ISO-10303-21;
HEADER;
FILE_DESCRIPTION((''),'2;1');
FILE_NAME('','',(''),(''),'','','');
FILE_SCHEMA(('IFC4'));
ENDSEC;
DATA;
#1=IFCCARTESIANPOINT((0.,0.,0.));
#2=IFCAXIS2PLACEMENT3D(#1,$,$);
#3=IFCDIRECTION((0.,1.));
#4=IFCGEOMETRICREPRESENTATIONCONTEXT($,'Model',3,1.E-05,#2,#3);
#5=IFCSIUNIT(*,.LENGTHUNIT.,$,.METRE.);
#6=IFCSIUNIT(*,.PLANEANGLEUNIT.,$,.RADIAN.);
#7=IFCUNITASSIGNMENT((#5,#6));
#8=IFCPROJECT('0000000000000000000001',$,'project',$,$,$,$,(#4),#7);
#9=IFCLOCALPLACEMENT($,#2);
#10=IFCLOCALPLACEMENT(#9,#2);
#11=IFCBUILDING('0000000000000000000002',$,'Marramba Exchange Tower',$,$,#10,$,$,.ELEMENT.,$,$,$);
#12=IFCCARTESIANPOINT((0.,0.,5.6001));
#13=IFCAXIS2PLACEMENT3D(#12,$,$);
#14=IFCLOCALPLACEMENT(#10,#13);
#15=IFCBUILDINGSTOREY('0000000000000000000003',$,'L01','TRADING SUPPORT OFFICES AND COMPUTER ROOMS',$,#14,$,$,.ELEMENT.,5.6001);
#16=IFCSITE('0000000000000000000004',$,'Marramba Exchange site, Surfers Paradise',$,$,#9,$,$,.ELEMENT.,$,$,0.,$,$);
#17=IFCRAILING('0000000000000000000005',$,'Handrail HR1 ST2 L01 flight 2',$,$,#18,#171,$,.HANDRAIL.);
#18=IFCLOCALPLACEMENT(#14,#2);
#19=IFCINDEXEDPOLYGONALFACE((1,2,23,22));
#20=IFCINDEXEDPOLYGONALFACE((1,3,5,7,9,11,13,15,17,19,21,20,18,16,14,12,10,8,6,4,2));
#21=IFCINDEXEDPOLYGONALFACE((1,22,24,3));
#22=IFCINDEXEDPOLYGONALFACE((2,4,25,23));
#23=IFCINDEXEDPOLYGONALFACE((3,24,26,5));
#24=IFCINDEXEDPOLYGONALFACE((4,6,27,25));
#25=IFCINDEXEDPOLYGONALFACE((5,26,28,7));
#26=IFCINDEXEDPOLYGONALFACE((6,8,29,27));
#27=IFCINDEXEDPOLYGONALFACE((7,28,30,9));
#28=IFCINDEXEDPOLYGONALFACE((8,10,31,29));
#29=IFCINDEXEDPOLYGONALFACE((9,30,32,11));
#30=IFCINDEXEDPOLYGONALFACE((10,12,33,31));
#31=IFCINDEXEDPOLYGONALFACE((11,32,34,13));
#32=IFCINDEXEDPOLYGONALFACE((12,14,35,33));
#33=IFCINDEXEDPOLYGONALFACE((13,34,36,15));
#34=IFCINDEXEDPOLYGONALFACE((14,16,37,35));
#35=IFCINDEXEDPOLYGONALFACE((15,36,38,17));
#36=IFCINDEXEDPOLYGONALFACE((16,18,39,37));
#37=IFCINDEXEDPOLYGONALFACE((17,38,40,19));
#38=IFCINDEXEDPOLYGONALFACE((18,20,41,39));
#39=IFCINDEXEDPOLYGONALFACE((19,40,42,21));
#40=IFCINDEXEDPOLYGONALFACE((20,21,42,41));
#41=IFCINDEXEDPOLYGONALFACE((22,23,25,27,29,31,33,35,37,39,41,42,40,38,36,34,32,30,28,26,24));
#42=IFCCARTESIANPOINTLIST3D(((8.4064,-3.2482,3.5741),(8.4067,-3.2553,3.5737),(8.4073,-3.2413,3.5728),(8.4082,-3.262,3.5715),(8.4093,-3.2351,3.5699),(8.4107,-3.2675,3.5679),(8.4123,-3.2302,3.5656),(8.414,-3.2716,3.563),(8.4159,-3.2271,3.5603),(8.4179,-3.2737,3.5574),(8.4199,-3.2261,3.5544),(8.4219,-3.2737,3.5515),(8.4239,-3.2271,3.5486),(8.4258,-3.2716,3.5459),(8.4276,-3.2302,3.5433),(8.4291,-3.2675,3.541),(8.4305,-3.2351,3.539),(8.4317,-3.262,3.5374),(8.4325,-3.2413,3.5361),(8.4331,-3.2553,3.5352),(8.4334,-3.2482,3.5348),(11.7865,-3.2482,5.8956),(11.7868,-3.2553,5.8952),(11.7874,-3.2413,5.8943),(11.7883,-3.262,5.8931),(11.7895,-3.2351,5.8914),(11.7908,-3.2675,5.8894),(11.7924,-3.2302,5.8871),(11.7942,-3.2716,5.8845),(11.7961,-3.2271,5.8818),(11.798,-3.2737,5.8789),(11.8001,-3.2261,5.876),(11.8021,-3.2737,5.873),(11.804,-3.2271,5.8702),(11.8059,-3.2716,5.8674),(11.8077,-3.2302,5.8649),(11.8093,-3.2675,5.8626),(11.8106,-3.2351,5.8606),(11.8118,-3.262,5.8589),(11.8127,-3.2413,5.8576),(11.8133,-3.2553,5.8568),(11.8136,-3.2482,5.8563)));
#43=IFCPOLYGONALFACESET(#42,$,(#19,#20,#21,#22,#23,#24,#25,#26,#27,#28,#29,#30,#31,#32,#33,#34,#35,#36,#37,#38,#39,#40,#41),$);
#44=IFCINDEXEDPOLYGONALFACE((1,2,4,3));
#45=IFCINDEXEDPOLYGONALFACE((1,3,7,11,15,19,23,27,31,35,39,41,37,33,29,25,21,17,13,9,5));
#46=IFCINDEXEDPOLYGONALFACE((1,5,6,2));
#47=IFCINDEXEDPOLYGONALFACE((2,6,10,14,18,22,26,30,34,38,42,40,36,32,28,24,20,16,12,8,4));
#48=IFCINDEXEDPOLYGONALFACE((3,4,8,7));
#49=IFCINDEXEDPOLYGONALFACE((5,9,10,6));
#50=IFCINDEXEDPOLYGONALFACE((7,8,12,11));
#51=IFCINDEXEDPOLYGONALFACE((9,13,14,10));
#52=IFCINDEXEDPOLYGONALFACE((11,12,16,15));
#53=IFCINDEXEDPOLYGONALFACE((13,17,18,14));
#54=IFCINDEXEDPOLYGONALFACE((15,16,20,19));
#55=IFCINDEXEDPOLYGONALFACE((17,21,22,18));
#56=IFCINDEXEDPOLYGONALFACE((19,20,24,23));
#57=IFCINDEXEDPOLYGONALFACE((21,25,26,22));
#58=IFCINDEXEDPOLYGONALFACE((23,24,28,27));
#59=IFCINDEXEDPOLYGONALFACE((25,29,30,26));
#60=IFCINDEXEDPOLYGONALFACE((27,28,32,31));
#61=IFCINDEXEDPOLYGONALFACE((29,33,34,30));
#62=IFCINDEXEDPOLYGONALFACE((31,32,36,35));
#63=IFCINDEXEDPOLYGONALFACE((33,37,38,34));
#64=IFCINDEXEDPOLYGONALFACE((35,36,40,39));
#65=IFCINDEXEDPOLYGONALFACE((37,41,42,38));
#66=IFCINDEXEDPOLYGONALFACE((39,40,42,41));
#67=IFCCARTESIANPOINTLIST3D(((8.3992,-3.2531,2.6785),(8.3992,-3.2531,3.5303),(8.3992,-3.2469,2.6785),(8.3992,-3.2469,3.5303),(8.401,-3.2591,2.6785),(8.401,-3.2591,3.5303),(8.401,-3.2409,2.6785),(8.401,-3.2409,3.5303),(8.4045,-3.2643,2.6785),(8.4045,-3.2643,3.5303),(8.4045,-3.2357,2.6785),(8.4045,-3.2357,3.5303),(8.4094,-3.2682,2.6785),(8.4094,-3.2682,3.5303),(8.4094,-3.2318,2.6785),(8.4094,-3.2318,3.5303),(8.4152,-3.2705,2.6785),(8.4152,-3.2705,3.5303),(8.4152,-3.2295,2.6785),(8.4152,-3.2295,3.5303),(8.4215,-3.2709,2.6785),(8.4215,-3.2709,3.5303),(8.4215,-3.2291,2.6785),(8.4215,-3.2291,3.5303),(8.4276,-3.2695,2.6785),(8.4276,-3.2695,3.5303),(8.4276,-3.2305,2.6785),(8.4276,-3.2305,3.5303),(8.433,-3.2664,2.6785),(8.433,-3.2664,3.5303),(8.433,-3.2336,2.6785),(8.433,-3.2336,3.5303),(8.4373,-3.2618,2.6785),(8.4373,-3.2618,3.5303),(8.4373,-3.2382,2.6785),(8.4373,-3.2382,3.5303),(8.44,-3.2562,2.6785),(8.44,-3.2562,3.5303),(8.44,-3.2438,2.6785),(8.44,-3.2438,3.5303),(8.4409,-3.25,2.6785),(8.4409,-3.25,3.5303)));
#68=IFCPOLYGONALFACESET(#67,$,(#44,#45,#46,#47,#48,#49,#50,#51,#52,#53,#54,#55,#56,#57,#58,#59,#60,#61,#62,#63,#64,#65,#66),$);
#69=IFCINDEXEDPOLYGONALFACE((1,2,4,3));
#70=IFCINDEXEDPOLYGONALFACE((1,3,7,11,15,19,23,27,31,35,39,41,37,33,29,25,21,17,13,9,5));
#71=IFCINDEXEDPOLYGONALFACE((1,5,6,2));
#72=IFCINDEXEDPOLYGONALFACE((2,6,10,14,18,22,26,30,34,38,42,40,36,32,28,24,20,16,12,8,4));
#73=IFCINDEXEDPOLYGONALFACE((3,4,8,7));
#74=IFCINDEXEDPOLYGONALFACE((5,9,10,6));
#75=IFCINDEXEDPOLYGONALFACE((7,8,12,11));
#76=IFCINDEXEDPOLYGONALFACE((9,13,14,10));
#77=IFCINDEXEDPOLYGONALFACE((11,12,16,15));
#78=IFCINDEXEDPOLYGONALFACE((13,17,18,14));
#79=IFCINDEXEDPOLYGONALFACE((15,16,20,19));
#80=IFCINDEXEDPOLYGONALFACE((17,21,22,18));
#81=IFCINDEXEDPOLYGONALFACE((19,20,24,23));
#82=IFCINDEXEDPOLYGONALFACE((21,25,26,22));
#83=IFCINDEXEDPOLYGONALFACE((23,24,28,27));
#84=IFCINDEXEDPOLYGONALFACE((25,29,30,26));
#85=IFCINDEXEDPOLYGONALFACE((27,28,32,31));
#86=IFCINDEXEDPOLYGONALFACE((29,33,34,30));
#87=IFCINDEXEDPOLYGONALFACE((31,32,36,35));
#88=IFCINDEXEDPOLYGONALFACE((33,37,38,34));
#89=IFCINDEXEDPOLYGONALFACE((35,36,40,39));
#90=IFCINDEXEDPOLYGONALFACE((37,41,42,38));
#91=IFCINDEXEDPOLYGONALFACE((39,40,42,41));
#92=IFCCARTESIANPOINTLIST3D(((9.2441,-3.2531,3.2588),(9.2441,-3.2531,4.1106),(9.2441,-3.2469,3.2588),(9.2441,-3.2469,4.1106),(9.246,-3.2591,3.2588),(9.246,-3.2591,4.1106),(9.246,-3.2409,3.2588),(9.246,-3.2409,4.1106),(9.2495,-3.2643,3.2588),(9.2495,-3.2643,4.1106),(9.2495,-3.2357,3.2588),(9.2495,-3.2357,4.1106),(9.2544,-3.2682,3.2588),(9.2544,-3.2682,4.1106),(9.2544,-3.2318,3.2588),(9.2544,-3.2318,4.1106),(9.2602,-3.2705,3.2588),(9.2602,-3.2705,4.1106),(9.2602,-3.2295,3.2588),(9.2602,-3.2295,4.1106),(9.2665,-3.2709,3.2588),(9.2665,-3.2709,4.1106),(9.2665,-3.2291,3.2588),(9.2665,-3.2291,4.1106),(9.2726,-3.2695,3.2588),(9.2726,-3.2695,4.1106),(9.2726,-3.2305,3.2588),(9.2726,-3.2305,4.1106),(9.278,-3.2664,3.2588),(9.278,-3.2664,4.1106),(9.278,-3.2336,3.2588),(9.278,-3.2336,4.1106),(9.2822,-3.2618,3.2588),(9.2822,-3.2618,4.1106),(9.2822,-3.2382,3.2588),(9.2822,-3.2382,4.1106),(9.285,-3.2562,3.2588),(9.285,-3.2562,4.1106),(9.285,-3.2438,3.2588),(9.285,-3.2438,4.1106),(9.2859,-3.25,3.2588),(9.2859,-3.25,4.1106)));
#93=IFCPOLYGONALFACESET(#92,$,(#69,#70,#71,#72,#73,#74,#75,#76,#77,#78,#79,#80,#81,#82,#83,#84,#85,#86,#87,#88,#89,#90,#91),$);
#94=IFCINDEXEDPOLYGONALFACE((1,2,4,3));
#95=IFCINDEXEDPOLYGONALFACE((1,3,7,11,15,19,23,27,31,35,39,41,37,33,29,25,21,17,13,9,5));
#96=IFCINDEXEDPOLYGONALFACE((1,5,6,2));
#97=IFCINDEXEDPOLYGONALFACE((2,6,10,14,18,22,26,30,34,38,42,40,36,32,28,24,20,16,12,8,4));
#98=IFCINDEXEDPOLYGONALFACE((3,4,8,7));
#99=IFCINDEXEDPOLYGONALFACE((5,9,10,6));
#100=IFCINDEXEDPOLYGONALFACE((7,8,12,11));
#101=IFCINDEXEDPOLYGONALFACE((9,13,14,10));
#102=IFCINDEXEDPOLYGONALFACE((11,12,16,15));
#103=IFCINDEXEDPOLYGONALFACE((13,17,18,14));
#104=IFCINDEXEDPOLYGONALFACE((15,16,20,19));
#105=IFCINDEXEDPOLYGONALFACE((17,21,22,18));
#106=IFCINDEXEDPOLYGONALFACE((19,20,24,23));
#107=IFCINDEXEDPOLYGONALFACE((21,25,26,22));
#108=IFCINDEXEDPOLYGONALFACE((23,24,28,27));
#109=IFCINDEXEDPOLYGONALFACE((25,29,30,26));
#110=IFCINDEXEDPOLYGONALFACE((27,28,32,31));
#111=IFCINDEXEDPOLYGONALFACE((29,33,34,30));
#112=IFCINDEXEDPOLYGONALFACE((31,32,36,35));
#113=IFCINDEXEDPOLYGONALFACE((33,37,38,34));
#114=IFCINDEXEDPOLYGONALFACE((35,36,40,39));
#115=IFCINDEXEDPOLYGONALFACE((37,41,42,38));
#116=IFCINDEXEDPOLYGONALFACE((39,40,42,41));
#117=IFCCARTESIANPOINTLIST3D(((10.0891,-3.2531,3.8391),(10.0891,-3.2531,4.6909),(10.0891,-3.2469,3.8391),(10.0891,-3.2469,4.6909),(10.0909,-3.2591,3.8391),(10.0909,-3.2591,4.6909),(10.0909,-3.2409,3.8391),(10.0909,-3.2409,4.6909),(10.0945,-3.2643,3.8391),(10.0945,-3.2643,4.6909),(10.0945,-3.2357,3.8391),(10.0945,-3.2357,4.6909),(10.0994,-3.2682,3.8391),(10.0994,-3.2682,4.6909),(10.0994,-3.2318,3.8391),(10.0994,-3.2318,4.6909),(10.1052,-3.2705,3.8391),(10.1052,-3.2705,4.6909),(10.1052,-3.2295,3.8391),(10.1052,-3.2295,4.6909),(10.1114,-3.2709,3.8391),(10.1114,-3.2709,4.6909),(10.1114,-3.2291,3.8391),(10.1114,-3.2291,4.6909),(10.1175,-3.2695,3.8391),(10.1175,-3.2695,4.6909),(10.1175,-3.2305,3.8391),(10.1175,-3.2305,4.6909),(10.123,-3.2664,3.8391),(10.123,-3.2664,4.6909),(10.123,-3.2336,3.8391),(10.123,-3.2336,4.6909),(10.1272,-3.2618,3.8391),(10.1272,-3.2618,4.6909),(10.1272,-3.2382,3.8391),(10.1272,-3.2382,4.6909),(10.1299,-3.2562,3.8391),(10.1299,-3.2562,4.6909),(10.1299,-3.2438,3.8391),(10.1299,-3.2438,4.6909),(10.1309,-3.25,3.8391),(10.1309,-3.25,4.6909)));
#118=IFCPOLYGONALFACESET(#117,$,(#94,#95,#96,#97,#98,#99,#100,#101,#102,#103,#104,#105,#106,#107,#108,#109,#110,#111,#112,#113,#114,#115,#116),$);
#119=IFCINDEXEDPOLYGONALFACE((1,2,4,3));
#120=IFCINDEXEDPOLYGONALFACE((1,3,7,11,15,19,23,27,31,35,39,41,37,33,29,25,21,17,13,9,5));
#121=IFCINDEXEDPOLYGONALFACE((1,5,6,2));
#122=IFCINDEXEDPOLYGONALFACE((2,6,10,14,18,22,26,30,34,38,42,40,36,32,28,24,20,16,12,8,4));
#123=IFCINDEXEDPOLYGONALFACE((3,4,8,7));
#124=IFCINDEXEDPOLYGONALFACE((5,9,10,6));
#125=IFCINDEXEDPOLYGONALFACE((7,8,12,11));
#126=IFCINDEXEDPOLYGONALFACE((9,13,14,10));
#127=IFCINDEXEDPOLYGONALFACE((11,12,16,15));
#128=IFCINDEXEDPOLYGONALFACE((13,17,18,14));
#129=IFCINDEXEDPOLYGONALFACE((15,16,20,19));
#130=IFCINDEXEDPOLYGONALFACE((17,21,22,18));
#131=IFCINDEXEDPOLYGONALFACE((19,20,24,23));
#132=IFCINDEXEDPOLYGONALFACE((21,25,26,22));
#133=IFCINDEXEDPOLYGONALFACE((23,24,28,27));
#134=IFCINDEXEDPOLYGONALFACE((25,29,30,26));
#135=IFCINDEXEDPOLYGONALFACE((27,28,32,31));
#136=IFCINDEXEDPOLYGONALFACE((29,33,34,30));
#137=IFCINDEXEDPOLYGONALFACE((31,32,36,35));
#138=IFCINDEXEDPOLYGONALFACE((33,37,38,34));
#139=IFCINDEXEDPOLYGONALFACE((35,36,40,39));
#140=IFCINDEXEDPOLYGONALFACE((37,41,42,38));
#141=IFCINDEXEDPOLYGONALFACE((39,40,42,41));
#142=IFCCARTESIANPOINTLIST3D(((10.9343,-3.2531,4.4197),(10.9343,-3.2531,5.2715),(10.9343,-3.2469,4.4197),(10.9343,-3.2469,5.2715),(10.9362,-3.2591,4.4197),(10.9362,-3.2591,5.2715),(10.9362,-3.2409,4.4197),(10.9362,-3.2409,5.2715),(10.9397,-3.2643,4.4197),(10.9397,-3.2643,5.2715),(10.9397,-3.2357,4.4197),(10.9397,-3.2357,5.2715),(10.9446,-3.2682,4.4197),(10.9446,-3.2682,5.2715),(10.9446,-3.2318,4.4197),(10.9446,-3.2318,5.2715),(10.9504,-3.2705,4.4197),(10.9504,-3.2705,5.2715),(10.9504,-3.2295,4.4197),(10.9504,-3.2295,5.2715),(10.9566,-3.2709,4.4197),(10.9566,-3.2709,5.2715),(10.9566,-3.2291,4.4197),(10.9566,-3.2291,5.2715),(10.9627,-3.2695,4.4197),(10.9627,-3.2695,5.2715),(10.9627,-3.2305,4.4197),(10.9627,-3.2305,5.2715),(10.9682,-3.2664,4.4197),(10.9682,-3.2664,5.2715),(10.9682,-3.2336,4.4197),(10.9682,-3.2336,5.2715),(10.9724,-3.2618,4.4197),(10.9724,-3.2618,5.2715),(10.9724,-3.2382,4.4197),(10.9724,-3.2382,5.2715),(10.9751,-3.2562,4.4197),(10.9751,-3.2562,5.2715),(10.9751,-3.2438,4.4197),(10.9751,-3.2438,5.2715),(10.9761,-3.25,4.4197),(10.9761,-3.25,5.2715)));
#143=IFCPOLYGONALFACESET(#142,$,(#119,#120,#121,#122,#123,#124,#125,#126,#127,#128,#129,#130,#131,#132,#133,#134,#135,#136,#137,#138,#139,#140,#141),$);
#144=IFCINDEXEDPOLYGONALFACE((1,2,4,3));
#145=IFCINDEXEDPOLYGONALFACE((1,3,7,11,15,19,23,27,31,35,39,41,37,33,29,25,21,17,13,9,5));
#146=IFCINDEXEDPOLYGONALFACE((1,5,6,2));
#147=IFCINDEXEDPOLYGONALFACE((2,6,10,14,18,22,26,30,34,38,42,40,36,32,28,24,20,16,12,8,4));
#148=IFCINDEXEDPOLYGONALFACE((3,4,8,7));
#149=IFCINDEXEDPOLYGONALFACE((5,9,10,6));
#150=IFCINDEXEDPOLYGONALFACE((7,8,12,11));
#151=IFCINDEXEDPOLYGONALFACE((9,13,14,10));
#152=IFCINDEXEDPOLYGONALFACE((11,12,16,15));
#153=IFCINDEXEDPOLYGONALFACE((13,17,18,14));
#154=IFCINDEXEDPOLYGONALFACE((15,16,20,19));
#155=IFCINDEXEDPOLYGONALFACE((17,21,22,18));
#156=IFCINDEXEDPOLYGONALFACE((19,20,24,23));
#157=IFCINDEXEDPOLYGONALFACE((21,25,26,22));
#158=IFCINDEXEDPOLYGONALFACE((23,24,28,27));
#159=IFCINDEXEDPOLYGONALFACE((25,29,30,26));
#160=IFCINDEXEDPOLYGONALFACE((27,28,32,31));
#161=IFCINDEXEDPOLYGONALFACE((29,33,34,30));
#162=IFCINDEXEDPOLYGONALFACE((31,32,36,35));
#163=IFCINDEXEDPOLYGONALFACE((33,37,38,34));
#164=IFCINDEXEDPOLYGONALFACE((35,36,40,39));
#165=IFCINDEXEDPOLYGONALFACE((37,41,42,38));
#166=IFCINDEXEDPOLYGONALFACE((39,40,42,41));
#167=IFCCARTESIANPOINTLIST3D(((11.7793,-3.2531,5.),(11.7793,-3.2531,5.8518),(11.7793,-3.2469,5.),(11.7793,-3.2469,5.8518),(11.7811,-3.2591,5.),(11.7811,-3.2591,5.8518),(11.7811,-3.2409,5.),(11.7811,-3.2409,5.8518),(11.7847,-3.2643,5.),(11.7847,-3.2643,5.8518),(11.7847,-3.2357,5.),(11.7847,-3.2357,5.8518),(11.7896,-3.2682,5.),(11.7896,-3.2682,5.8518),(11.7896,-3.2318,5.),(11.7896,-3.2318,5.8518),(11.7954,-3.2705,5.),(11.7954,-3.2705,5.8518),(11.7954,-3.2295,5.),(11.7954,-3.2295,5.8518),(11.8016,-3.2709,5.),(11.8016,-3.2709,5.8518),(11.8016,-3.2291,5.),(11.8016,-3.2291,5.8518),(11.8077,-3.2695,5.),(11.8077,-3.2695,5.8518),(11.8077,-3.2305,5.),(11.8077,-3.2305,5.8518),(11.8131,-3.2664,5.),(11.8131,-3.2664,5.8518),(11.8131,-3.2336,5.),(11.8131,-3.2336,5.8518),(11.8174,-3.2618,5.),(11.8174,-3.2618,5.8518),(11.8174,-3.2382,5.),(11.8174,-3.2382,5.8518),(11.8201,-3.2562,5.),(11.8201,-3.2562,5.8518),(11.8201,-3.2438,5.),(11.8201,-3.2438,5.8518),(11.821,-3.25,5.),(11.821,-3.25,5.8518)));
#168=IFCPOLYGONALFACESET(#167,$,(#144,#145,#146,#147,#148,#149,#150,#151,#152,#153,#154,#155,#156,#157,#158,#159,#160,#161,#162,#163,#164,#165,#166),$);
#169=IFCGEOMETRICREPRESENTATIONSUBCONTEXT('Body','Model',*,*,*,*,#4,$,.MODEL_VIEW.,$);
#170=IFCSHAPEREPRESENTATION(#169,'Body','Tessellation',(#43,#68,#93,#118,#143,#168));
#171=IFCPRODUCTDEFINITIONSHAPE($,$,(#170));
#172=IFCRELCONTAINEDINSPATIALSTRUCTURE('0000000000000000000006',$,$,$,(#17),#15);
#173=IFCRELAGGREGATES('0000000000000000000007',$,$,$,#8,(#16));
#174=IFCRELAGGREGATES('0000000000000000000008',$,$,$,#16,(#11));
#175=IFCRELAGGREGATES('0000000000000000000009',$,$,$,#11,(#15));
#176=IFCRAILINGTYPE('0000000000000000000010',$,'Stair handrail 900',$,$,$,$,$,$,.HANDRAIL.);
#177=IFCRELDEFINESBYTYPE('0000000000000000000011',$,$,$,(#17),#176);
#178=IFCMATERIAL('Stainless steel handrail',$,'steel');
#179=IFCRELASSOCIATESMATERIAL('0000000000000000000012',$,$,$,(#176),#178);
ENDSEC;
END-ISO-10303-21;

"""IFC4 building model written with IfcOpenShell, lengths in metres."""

from ifc_helpers import new_model, si_unit, direction, frame, origin, origin_2d, place, context, subcontext, project, spatial, circle, extrude, material, type_object, element, save


model = new_model("IFC4")

# Units and contexts
model_context = context("Model", 3, precision=1e-05, world=origin(), true_north=direction((0.0, 1.0)))
body_context = subcontext(model_context, "Body", "Model", "MODEL_VIEW")
ifc_project = project(units=[si_unit("LENGTHUNIT", "METRE"), si_unit("PLANEANGLEUNIT", "RADIAN")], contexts=[model_context])

# Site, building, storey
site_placement = place(None, origin())
site = spatial("IfcSite", under=ifc_project, at=site_placement, Name="Marramba Exchange site, Surfers Paradise", CompositionType="ELEMENT", RefElevation=0.0)
building_placement = place(site_placement, origin())
building = spatial("IfcBuilding", under=site, at=building_placement, Name="Marramba Exchange Tower", CompositionType="ELEMENT")
storey_placement = place(building_placement, frame((0.0, 0.0, 5.6001)))
storey = spatial("IfcBuildingStorey", under=building, at=storey_placement, Name="L01", Description="TRADING SUPPORT OFFICES AND COMPUTER ROOMS", CompositionType="ELEMENT", Elevation=5.6001)

# Railing
ifc_material_1 = material(Name="Stainless steel handrail", Category="steel")
railing_type = type_object("IfcRailingType", Name="Stair handrail 900", PredefinedType="HANDRAIL", material=ifc_material_1)
railing_1_placement = place(storey_placement, frame((8.4199, -3.25, 2.6785)))
element("IfcRailing", 1, at=railing_1_placement, inside=storey, type_object=railing_type, Name="Handrail HR1 ST2 L01 flight 2", PredefinedType="HANDRAIL", context=body_context, shape_type="SweptSolid", body=[
    extrude(circle(Radius=0.0239, at=origin_2d()), frame((0.0, 0.0, 0.876), z_axis=(0.824304, 0.0, 0.566147), x_axis=(0.0, 1.0, 0.0)), (0.0, 0.0, 1.0), 4.1006),
    extrude(circle(Radius=0.021, at=origin_2d()), origin(), (0.0, 0.0, 1.0), 0.8518),
    extrude(circle(Radius=0.021, at=origin_2d()), frame((0.845, 0.0, 0.5803)), (0.0, 0.0, 1.0), 0.8518),
    extrude(circle(Radius=0.021, at=origin_2d()), frame((1.6899, 0.0, 1.1606)), (0.0, 0.0, 1.0), 0.8518),
    extrude(circle(Radius=0.021, at=origin_2d()), frame((2.5352, 0.0, 1.7412)), (0.0, 0.0, 1.0), 0.8518),
    extrude(circle(Radius=0.021, at=origin_2d()), frame((3.3801, 0.0, 2.3215)), (0.0, 0.0, 1.0), 0.8518),
])

save(model, "model.ifc")
